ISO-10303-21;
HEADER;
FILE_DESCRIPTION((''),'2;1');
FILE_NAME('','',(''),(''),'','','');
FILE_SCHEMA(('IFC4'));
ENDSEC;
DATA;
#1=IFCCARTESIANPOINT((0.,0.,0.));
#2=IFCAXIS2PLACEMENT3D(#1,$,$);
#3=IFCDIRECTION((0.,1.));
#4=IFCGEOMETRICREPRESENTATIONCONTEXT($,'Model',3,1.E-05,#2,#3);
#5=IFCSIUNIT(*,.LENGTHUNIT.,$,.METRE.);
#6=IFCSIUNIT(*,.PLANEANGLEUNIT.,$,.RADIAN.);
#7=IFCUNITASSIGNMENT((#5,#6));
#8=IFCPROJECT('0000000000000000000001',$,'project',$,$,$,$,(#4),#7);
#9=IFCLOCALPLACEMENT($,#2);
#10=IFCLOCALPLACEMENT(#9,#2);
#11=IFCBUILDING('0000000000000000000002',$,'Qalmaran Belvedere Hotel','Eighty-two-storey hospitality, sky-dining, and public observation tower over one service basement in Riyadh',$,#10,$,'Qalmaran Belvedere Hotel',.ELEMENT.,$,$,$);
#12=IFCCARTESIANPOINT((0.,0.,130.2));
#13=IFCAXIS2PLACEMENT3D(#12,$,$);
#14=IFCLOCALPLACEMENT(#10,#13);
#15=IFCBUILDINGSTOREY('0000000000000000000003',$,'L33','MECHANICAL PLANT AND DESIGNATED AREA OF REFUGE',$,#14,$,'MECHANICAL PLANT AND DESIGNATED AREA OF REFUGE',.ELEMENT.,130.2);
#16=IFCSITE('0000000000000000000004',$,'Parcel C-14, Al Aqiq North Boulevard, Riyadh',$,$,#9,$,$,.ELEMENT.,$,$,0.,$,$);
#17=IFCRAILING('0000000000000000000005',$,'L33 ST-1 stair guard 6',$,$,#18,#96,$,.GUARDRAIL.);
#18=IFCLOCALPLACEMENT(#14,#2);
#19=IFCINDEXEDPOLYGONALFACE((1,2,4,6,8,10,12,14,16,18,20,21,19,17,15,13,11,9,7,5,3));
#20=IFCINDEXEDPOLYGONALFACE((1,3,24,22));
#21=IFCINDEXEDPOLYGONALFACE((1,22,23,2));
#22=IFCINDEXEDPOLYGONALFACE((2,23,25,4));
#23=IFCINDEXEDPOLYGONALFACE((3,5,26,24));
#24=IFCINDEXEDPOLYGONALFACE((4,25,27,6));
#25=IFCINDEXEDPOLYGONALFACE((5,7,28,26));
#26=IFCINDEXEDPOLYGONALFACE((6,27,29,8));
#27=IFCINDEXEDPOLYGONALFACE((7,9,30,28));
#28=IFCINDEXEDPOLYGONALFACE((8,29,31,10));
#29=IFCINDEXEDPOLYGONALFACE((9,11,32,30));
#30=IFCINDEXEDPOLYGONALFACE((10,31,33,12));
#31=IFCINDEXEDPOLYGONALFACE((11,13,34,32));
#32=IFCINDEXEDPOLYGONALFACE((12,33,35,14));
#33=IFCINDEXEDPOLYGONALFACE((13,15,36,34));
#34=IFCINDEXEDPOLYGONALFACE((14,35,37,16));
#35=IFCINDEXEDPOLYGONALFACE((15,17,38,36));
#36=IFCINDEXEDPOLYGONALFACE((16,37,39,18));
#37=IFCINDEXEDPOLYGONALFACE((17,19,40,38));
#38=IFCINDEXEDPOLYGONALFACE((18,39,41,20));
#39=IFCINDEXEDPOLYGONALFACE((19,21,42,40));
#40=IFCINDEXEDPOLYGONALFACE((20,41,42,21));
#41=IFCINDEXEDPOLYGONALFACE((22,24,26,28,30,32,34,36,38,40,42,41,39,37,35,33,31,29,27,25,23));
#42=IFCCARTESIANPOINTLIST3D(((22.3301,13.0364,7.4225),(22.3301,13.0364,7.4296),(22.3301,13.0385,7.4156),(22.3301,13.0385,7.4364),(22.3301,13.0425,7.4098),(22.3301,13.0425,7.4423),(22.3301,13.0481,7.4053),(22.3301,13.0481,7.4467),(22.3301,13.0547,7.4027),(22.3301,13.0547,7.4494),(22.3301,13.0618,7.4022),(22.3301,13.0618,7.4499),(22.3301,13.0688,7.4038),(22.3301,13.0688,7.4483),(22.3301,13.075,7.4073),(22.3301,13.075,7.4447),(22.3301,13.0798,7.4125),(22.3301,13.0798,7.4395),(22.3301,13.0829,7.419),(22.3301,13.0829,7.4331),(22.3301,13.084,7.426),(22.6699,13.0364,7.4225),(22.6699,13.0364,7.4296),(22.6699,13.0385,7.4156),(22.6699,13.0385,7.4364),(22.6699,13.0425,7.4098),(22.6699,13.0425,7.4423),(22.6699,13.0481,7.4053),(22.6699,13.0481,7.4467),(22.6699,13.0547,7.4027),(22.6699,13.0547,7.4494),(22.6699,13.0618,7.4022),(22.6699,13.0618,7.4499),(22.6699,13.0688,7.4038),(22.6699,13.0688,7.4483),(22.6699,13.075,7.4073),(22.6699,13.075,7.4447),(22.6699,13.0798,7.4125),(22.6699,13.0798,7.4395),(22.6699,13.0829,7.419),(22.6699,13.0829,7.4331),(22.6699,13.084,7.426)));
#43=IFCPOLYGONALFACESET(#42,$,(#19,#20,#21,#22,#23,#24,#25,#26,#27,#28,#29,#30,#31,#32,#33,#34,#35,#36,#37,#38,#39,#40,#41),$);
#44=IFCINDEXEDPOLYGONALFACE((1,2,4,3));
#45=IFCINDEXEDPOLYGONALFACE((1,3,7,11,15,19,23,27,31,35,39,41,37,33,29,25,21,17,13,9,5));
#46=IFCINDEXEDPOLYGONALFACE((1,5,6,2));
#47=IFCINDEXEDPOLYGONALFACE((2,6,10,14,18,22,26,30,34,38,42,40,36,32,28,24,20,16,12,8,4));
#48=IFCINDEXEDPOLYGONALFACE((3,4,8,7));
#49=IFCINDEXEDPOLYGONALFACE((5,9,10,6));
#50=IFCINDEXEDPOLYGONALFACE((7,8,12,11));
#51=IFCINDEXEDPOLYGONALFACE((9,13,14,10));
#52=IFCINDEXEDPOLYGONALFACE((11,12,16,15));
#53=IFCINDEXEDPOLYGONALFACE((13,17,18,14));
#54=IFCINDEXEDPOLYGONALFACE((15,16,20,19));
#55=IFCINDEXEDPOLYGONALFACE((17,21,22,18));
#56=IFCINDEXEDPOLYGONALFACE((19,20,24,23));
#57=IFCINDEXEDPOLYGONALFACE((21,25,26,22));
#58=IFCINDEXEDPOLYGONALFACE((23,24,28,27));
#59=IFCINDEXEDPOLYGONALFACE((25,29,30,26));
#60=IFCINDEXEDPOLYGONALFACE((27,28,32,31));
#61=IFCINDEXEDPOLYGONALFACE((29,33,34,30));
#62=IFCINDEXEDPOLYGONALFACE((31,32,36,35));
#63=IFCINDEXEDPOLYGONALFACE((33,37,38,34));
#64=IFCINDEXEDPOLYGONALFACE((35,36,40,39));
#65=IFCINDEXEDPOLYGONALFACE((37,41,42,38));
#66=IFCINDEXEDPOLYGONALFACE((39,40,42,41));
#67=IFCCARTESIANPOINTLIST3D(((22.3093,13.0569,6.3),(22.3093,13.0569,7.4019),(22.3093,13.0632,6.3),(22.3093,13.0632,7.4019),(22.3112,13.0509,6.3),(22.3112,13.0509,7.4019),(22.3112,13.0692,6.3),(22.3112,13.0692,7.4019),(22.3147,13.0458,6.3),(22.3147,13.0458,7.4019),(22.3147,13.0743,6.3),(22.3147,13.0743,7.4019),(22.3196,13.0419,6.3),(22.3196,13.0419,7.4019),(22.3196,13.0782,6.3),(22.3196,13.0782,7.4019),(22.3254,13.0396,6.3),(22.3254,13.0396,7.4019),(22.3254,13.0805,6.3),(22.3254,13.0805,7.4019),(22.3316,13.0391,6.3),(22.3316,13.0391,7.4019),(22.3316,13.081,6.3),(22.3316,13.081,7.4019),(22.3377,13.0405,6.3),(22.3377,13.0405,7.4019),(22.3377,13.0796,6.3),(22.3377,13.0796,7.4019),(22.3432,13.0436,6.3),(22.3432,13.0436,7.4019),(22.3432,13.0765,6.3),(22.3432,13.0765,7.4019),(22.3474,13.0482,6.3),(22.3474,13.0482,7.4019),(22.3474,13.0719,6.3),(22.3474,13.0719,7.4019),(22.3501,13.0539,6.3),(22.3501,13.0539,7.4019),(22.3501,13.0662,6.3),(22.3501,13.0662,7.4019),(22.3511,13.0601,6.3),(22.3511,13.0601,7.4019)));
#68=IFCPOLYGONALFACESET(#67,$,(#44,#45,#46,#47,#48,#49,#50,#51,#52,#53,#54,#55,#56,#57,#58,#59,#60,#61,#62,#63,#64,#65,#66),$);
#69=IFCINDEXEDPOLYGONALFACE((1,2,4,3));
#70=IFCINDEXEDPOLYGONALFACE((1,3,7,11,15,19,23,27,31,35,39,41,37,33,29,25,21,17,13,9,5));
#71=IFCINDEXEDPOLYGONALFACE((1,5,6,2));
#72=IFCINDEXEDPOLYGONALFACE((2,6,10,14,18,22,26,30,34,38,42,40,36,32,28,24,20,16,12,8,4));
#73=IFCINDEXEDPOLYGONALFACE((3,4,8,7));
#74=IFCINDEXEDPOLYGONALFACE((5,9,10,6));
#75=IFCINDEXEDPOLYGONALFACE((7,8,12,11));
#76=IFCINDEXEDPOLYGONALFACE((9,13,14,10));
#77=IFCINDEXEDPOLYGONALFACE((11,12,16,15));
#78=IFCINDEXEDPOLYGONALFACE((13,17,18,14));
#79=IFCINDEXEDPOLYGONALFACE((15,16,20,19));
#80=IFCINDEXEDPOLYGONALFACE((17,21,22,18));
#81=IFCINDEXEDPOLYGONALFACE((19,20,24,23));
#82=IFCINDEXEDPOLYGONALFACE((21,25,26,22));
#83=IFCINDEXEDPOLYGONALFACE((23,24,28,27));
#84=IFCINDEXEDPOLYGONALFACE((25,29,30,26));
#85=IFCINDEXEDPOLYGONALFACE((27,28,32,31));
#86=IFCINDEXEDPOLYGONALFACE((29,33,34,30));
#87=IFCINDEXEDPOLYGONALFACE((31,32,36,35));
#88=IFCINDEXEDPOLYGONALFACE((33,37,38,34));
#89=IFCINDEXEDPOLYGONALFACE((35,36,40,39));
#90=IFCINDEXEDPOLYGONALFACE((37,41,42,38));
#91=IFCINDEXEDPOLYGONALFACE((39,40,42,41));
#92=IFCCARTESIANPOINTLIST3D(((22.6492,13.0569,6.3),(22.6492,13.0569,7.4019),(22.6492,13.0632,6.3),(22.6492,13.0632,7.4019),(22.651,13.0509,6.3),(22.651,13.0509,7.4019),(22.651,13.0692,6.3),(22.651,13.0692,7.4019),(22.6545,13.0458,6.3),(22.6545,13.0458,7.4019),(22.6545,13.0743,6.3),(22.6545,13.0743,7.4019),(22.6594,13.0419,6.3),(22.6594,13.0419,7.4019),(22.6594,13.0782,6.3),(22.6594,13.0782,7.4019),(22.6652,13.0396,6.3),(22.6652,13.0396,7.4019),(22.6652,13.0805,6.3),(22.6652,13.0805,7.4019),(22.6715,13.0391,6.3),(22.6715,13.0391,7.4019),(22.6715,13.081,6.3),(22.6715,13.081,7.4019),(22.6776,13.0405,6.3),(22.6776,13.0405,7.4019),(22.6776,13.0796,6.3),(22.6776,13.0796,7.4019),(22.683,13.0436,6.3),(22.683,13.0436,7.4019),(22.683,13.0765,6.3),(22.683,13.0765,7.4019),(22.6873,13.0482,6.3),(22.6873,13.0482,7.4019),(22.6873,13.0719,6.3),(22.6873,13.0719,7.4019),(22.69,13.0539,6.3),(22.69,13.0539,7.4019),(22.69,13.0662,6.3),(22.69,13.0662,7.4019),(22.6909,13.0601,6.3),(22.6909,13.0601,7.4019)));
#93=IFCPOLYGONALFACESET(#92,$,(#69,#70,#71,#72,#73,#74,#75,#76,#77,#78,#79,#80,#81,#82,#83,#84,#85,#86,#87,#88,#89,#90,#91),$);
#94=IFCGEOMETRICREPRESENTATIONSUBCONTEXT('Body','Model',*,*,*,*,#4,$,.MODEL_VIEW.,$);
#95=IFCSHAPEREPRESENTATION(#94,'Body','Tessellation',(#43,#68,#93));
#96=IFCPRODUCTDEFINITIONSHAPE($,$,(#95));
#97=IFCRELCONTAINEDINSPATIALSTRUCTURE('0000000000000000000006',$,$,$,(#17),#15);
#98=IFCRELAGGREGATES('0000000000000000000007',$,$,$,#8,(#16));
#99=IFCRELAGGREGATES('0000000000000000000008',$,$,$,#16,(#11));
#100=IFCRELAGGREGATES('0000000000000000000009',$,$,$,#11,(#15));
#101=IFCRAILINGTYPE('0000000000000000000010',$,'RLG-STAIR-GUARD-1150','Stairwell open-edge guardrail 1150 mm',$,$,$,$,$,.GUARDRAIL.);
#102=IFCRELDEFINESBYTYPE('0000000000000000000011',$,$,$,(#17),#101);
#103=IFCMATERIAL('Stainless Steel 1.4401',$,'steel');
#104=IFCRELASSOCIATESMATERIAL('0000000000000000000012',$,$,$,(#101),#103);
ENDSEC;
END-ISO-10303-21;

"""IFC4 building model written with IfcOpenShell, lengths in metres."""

from ifc_helpers import new_model, si_unit, direction, frame, origin, origin_2d, place, context, subcontext, project, spatial, circle, extrude, material, type_object, element, save


model = new_model("IFC4")

# Units and contexts
model_context = context("Model", 3, precision=1e-05, world=origin(), true_north=direction((0.0, 1.0)))
body_context = subcontext(model_context, "Body", "Model", "MODEL_VIEW")
ifc_project = project(units=[si_unit("LENGTHUNIT", "METRE"), si_unit("PLANEANGLEUNIT", "RADIAN")], contexts=[model_context])

# Site, building, storey
site_placement = place(None, origin())
site = spatial("IfcSite", under=ifc_project, at=site_placement, Name="Parcel C-14, Al Aqiq North Boulevard, Riyadh", CompositionType="ELEMENT", RefElevation=0.0)
building_placement = place(site_placement, origin())
building = spatial("IfcBuilding", under=site, at=building_placement, Name="Qalmaran Belvedere Hotel", Description="Eighty-two-storey hospitality, sky-dining, and public observation tower over one service basement in Riyadh", LongName="Qalmaran Belvedere Hotel", CompositionType="ELEMENT")
storey_placement = place(building_placement, frame((0.0, 0.0, 130.2)))
storey = spatial("IfcBuildingStorey", under=building, at=storey_placement, Name="L33", Description="MECHANICAL PLANT AND DESIGNATED AREA OF REFUGE", LongName="MECHANICAL PLANT AND DESIGNATED AREA OF REFUGE", CompositionType="ELEMENT", Elevation=130.2)

# Railing
ifc_material_1 = material(Name="Stainless Steel 1.4401", Category="steel")
railing_type = type_object("IfcRailingType", Name="RLG-STAIR-GUARD-1150", Description="Stairwell open-edge guardrail 1150 mm", PredefinedType="GUARDRAIL", material=ifc_material_1)
railing_1_placement = place(storey_placement, frame((22.3301, 13.0601, 6.3)))
element("IfcRailing", 1, at=railing_1_placement, inside=storey, type_object=railing_type, Name="L33 ST-1 stair guard 6", PredefinedType="GUARDRAIL", context=body_context, shape_type="SweptSolid", body=[
    extrude(circle(Radius=0.0239, at=origin_2d()), frame((0.0, 0.0, 1.126), z_axis=(1.0, 0.0, 0.0), x_axis=(0.0, 1.0, 0.0)), (0.0, 0.0, 1.0), 0.3398),
    extrude(circle(Radius=0.021, at=origin_2d()), origin(), (0.0, 0.0, 1.0), 1.1018),
    extrude(circle(Radius=0.021, at=origin_2d()), frame((0.3398, 0.0, 0.0)), (0.0, 0.0, 1.0), 1.1018),
])

save(model, "model.ifc")
